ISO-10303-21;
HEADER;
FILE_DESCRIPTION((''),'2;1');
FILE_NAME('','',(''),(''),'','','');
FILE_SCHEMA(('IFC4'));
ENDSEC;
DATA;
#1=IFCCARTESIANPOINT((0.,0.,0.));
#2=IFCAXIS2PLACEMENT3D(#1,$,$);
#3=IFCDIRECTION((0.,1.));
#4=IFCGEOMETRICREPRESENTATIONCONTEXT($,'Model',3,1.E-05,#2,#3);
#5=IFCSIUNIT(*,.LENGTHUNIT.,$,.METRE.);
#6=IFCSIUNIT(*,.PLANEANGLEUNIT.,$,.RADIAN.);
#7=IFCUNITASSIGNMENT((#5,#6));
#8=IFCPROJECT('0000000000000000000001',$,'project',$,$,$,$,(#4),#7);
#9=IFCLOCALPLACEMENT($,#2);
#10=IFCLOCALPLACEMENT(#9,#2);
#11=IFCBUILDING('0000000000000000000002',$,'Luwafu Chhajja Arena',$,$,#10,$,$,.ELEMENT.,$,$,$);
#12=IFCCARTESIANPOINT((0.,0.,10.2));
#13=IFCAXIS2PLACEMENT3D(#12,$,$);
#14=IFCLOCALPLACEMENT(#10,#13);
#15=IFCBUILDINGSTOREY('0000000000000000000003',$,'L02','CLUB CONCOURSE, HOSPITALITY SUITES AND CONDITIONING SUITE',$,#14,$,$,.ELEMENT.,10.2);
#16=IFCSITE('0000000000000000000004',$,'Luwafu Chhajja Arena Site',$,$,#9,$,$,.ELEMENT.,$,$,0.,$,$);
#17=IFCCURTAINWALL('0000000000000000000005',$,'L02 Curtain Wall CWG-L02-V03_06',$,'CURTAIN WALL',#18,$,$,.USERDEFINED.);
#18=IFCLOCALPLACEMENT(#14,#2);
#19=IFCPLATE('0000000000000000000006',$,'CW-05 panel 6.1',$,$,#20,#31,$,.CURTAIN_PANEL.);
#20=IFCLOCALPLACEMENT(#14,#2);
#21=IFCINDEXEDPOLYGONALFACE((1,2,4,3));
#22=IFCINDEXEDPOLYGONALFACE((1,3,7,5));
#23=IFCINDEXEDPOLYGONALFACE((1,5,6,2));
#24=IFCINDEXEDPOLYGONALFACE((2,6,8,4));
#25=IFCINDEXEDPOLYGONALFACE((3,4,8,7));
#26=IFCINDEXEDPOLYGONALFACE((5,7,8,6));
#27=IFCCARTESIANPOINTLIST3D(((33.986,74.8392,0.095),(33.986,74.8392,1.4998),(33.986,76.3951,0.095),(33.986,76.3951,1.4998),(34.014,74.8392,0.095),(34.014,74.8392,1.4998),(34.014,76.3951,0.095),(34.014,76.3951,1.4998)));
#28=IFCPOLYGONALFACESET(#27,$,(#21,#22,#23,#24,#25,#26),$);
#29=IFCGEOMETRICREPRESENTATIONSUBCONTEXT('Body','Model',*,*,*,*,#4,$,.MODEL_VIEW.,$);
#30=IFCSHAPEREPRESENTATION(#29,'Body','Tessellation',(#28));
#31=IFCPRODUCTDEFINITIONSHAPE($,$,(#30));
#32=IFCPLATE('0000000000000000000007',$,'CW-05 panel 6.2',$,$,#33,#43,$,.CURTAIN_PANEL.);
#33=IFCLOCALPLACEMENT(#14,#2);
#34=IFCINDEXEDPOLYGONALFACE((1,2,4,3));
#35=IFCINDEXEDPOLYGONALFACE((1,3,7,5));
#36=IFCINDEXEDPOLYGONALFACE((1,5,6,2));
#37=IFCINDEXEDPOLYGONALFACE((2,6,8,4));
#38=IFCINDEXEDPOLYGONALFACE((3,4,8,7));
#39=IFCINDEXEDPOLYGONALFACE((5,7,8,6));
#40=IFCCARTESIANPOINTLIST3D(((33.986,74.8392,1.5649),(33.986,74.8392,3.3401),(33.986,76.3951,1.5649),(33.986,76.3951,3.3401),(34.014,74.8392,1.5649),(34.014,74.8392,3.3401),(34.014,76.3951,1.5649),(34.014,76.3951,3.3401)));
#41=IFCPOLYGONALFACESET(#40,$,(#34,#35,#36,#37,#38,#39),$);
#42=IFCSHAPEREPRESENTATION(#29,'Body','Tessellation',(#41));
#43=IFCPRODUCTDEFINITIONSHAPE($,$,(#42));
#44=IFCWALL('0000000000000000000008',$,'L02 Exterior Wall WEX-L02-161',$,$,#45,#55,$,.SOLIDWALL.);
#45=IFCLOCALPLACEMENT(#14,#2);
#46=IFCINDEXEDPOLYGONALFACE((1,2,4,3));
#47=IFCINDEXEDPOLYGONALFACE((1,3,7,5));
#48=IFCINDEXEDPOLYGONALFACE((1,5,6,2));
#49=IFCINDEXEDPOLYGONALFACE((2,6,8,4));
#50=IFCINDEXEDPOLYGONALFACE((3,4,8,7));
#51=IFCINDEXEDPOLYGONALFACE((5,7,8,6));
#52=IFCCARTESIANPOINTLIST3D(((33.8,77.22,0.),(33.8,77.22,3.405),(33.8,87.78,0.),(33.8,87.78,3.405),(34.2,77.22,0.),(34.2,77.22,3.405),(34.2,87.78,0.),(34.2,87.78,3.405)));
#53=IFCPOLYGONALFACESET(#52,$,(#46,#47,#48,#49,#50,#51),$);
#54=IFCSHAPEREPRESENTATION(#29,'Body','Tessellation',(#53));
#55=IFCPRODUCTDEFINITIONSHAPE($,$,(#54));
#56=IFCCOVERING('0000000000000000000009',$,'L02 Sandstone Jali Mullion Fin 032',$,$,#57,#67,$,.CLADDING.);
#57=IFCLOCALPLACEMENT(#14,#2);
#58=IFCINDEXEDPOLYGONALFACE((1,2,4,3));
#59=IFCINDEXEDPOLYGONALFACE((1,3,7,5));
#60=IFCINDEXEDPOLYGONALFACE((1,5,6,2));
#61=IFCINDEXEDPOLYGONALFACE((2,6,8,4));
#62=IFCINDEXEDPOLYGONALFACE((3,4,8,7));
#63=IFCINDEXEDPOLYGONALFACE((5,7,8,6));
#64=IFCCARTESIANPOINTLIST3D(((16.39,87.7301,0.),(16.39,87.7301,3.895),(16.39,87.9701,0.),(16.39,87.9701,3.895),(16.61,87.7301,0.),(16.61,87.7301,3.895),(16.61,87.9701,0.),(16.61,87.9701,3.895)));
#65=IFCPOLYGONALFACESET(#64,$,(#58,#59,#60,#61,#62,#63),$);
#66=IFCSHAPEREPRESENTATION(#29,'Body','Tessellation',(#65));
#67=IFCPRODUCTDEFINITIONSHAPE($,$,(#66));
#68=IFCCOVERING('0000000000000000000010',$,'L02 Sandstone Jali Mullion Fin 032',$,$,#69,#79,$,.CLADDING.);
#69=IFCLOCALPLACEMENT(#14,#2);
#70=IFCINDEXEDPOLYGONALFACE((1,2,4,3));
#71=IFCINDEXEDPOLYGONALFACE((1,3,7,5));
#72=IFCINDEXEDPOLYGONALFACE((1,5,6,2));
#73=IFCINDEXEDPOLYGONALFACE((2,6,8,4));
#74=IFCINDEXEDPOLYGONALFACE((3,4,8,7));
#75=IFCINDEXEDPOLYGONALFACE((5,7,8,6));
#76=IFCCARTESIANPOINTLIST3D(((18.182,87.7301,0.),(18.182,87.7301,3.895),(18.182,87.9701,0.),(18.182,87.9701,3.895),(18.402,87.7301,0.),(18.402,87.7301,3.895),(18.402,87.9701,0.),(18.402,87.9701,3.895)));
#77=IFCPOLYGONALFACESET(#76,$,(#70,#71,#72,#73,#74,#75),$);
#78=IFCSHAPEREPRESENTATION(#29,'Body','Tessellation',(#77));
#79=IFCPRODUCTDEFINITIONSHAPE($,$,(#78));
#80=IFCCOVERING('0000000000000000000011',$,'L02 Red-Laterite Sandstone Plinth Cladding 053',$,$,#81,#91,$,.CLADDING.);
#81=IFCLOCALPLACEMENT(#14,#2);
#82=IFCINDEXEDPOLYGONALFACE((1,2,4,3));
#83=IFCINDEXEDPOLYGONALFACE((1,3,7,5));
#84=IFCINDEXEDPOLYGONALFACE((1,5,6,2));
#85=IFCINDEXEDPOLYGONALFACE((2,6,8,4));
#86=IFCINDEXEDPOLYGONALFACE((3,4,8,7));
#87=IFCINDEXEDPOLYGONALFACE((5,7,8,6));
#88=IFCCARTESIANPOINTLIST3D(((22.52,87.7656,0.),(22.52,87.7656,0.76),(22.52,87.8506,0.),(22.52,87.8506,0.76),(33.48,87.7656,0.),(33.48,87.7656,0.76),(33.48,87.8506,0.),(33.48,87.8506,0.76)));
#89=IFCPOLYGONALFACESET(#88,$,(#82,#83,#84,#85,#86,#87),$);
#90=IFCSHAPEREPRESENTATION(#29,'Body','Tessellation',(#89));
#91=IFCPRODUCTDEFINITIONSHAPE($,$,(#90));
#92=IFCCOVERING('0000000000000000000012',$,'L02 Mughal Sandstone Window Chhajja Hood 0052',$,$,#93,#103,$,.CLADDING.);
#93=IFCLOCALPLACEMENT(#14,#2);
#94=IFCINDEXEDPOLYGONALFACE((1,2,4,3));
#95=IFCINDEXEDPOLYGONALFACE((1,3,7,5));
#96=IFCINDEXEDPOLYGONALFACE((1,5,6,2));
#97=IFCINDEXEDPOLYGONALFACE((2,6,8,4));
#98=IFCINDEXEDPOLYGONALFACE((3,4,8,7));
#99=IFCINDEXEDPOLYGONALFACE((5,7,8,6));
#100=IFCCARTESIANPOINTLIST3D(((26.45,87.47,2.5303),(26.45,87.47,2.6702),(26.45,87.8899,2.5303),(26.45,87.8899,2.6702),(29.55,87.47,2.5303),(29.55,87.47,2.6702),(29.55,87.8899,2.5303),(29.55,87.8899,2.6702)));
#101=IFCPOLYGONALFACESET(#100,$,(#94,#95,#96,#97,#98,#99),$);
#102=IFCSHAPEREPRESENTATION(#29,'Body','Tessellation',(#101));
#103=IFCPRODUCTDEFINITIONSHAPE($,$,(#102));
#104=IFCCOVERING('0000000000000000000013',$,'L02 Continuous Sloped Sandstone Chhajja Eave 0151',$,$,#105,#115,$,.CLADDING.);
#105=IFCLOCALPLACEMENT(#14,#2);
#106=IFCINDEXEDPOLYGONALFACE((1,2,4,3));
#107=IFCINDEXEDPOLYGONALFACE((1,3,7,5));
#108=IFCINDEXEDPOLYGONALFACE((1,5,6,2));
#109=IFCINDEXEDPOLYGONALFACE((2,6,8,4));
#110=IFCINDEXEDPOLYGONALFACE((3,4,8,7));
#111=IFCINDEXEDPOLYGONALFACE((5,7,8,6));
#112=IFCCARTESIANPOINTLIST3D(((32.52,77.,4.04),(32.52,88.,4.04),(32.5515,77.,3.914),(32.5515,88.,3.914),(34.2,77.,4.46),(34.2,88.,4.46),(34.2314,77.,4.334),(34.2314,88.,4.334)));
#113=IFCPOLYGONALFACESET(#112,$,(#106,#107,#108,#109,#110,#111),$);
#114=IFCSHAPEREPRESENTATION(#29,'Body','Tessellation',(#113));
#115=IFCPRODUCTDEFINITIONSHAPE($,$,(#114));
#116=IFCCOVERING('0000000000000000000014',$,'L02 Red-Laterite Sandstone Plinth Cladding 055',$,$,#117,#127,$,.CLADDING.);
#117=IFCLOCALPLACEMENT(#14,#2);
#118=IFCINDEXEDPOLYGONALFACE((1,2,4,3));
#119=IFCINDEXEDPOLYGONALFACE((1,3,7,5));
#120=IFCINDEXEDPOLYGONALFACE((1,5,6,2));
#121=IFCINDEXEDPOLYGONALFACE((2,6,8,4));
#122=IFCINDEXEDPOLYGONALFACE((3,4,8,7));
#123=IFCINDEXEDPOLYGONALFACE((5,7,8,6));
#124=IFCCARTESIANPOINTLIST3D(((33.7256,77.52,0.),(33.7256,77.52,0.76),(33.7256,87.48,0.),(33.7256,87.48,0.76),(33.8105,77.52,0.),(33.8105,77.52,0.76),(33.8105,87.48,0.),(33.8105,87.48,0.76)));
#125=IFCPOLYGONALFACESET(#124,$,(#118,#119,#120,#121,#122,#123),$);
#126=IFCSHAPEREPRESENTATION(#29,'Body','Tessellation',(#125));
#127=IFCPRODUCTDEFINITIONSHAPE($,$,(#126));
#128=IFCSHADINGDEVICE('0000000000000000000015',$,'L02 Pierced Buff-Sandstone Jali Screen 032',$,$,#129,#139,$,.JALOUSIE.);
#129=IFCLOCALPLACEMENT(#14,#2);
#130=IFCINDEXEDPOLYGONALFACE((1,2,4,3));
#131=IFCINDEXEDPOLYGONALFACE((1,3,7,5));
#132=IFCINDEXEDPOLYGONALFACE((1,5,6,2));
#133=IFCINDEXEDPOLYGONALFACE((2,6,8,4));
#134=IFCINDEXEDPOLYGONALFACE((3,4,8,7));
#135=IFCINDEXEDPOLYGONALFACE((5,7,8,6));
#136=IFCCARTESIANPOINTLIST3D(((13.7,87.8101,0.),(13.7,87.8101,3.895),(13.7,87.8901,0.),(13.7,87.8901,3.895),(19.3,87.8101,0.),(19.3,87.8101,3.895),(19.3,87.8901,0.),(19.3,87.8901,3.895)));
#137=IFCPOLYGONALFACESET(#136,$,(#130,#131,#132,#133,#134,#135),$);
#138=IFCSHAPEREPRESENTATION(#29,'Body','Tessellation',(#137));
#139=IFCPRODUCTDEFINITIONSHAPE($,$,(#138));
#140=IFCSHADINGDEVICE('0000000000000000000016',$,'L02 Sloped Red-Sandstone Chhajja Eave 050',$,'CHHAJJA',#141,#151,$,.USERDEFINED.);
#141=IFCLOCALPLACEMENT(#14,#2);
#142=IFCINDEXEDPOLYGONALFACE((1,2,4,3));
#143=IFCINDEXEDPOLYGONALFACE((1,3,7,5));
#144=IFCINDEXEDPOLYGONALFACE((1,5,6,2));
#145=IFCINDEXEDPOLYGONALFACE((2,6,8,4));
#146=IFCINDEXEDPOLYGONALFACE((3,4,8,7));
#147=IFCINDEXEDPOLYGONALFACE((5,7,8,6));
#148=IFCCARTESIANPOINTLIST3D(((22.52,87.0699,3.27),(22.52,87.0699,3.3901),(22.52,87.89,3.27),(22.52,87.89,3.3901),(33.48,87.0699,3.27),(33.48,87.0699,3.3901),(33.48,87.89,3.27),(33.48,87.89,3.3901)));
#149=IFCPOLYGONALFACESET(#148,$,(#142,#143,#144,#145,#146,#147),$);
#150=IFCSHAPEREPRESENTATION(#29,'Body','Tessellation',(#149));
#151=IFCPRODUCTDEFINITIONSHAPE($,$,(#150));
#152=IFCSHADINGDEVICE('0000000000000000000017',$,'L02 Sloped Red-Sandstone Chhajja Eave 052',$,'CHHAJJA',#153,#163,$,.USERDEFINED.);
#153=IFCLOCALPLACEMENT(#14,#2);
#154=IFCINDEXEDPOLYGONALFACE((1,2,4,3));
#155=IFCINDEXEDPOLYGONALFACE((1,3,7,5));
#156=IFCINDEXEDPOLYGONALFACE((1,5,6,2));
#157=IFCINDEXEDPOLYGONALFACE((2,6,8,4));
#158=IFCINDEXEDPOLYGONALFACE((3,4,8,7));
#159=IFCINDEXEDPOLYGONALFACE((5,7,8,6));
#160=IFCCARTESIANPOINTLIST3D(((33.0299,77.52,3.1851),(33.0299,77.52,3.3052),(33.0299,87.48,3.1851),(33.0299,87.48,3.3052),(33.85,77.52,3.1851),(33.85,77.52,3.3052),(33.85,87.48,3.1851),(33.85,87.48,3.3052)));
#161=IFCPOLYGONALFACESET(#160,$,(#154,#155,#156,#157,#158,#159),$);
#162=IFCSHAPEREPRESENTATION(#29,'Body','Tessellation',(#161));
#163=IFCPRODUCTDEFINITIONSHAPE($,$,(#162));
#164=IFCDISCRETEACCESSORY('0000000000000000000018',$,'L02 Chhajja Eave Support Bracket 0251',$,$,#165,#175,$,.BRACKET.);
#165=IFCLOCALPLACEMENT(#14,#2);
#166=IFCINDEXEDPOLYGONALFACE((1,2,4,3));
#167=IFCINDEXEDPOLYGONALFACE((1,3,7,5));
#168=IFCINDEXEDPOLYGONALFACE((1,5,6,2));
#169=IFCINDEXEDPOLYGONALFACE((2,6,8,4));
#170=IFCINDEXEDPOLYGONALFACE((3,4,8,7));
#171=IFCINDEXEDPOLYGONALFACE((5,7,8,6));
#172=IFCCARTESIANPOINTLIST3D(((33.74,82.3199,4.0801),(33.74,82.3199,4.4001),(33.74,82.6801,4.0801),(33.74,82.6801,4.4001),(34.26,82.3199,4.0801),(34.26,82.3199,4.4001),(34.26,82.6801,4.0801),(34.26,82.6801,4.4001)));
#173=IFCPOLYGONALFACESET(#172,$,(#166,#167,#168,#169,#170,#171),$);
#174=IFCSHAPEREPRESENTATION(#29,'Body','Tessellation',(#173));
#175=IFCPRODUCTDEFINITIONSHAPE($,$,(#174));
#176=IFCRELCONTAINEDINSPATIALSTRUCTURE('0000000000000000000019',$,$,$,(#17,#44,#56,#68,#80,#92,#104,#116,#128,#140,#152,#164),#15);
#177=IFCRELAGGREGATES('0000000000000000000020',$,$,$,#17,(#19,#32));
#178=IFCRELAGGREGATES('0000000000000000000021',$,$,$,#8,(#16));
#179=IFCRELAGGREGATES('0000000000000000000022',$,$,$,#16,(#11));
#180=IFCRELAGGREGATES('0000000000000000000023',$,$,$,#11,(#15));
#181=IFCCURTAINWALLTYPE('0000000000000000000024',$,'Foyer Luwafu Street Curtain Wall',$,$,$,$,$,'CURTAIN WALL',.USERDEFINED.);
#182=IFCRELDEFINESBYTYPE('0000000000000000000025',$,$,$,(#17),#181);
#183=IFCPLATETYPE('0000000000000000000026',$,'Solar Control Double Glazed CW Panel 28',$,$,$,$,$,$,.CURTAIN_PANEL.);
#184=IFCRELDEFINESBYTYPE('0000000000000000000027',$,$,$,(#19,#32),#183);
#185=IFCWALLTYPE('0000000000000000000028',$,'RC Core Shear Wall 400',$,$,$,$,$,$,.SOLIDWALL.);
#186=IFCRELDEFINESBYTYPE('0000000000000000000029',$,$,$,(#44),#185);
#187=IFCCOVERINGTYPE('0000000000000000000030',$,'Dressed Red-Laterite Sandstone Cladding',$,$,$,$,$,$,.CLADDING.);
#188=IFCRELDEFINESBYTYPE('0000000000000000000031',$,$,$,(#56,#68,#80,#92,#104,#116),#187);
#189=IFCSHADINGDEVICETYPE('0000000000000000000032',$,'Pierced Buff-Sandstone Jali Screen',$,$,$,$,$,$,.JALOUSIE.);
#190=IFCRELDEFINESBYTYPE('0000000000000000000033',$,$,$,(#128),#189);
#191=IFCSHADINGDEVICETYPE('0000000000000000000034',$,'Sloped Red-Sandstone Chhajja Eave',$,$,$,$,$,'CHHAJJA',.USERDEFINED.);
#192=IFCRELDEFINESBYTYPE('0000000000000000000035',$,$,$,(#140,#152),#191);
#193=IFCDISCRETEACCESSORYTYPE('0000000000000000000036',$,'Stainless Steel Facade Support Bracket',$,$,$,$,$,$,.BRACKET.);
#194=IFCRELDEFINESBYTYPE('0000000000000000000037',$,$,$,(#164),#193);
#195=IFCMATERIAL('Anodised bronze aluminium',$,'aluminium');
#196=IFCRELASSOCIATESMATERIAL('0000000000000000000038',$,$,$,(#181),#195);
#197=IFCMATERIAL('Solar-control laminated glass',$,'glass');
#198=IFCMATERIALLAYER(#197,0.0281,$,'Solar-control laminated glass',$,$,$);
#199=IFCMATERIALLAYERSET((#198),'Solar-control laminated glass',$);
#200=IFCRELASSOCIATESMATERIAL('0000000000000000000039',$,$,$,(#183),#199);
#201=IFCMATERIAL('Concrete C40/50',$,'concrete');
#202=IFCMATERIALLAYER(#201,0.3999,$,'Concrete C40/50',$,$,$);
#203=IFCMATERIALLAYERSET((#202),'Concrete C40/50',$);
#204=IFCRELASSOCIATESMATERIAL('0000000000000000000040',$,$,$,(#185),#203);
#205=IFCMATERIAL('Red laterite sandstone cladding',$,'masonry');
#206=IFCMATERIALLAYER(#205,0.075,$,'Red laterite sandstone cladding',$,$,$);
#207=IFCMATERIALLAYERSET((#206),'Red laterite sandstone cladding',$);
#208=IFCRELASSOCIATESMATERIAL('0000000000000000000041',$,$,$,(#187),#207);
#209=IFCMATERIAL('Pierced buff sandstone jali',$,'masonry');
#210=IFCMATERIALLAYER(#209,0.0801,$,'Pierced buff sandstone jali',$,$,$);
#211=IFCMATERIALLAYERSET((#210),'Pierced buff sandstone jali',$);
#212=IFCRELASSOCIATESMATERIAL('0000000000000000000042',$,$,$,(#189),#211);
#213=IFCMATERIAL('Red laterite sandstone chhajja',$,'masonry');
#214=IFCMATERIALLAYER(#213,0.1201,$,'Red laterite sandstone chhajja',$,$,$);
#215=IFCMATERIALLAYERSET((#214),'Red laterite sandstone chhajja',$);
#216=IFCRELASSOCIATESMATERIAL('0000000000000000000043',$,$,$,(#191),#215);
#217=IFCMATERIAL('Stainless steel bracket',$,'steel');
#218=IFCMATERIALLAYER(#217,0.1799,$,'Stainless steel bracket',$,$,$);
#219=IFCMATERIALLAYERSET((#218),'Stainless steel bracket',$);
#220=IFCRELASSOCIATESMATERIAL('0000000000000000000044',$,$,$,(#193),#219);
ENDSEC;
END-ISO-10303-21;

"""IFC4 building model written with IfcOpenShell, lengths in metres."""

from ifc_helpers import new_model, si_unit, direction, frame, frame_2d, origin, origin_2d, place, context, subcontext, project, spatial, polyline, rectangle, outline, extrude, material, layer, layer_set, type_object, element, aggregate, save


model = new_model("IFC4")

# Units and contexts
model_context = context("Model", 3, precision=1e-05, world=origin(), true_north=direction((0.0, 1.0)))
body_context = subcontext(model_context, "Body", "Model", "MODEL_VIEW")
ifc_project = project(units=[si_unit("LENGTHUNIT", "METRE"), si_unit("PLANEANGLEUNIT", "RADIAN")], contexts=[model_context])

# Site, building, storey
site_placement = place(None, origin())
site = spatial("IfcSite", under=ifc_project, at=site_placement, Name="Luwafu Chhajja Arena Site", CompositionType="ELEMENT", RefElevation=0.0)
building_placement = place(site_placement, origin())
building = spatial("IfcBuilding", under=site, at=building_placement, Name="Luwafu Chhajja Arena", CompositionType="ELEMENT")
storey_placement = place(building_placement, frame((0.0, 0.0, 10.2)))
storey = spatial("IfcBuildingStorey", under=building, at=storey_placement, Name="L02", Description="CLUB CONCOURSE, HOSPITALITY SUITES AND CONDITIONING SUITE", CompositionType="ELEMENT", Elevation=10.2)

# Curtain wall
ifc_material_1 = material(Name="Anodised bronze aluminium", Category="aluminium")
curtain_wall_type_1 = type_object("IfcCurtainWallType", Name="Foyer Luwafu Street Curtain Wall", ElementType="CURTAIN WALL", PredefinedType="USERDEFINED", material=ifc_material_1)
curtain_wall_1_placement = place(storey_placement, origin())
curtain_wall_1 = element("IfcCurtainWall", 1, at=curtain_wall_1_placement, inside=storey, type_object=curtain_wall_type_1, Name="L02 Curtain Wall CWG-L02-V03_06", ObjectType="CURTAIN WALL", PredefinedType="USERDEFINED")

# Plates
ifc_material_2 = material(Name="Solar-control laminated glass", Category="glass")
ifc_layer_1 = layer(ifc_material_2, 0.0281, Name="Solar-control laminated glass")
ifc_layer_set_1 = layer_set([ifc_layer_1], Name="Solar-control laminated glass")
plate_type_1 = type_object("IfcPlateType", Name="Solar Control Double Glazed CW Panel 28", PredefinedType="CURTAIN_PANEL", material=ifc_layer_set_1)
plate_1_placement = place(storey_placement, frame((34.0, 75.6172, 0.095), z_axis=(0.0, 0.0, 1.0), x_axis=(0.0, 1.0, 0.0)))
plate_1 = element("IfcPlate", 2, at=plate_1_placement, type_object=plate_type_1, Name="CW-05 panel 6.1", PredefinedType="CURTAIN_PANEL", context=body_context, shape_type="SweptSolid", body=[
    extrude(rectangle(XDim=1.5559, YDim=0.0281, at=origin_2d()), origin(), (0.0, 0.0, 1.0), 1.4048),
])
plate_2_placement = place(storey_placement, frame((34.0, 75.6172, 1.5649), z_axis=(0.0, 0.0, 1.0), x_axis=(0.0, 1.0, 0.0)))
plate_2 = element("IfcPlate", 3, at=plate_2_placement, type_object=plate_type_1, Name="CW-05 panel 6.2", PredefinedType="CURTAIN_PANEL", context=body_context, shape_type="SweptSolid", body=[
    extrude(rectangle(XDim=1.5559, YDim=0.0281, at=origin_2d()), origin(), (0.0, 0.0, 1.0), 1.7751),
])
aggregate(curtain_wall_1, [plate_1, plate_2])

# Wall
ifc_material_3 = material(Name="Concrete C40/50", Category="concrete")
ifc_layer_2 = layer(ifc_material_3, 0.3999, Name="Concrete C40/50")
ifc_layer_set_2 = layer_set([ifc_layer_2], Name="Concrete C40/50")
wall_type = type_object("IfcWallType", Name="RC Core Shear Wall 400", PredefinedType="SOLIDWALL", material=ifc_layer_set_2)
wall_placement = place(storey_placement, frame((34.0, 77.22, 0.0), z_axis=(0.0, 0.0, 1.0), x_axis=(0.0, 1.0, 0.0)))
element("IfcWall", 4, at=wall_placement, inside=storey, type_object=wall_type, Name="L02 Exterior Wall WEX-L02-161", PredefinedType="SOLIDWALL", context=body_context, shape_type="SweptSolid", body=[
    extrude(rectangle(XDim=10.5601, YDim=0.3999, at=frame_2d((5.28, 0.0))), origin(), (0.0, 0.0, 1.0), 3.405),
])

# Coverings
ifc_material_4 = material(Name="Red laterite sandstone cladding", Category="masonry")
ifc_layer_3 = layer(ifc_material_4, 0.075, Name="Red laterite sandstone cladding")
ifc_layer_set_3 = layer_set([ifc_layer_3], Name="Red laterite sandstone cladding")
covering_type = type_object("IfcCoveringType", Name="Dressed Red-Laterite Sandstone Cladding", PredefinedType="CLADDING", material=ifc_layer_set_3)
for number, where, z_axis, x_axis, name in (
    (5, (16.5, 87.8501, 0.0), (0.0, 0.0, 1.0), (1.0, 0.0, 0.0), "L02 Sandstone Jali Mullion Fin 032"),
    (6, (18.292, 87.8501, 0.0), (0.0, 0.0, 1.0), (1.0, 0.0, 0.0), "L02 Sandstone Jali Mullion Fin 032"),
):
    element("IfcCovering", number, at=place(storey_placement, frame(where, z_axis=z_axis, x_axis=x_axis)), inside=storey, type_object=covering_type, Name=name, PredefinedType="CLADDING", context=body_context, shape_type="SweptSolid", body=[
        extrude(rectangle(XDim=0.22, YDim=0.24, at=origin_2d()), origin(), (0.0, 0.0, 1.0), 3.895),
    ])
covering_1_placement = place(storey_placement, frame((28.0, 87.8081, 0.0), z_axis=(0.0, 0.0, 1.0), x_axis=(1.0, 0.0, 0.0)))
element("IfcCovering", 7, at=covering_1_placement, inside=storey, type_object=covering_type, Name="L02 Red-Laterite Sandstone Plinth Cladding 053", PredefinedType="CLADDING", context=body_context, shape_type="SweptSolid", body=[
    extrude(rectangle(XDim=10.96, YDim=0.085, at=origin_2d()), origin(), (0.0, 0.0, 1.0), 0.76),
])
covering_2_placement = place(storey_placement, frame((28.0, 87.6799, 2.5303), z_axis=(0.0, 0.0, 1.0), x_axis=(1.0, 0.0, 0.0)))
element("IfcCovering", 8, at=covering_2_placement, inside=storey, type_object=covering_type, Name="L02 Mughal Sandstone Window Chhajja Hood 0052", PredefinedType="CLADDING", context=body_context, shape_type="SweptSolid", body=[
    extrude(rectangle(XDim=3.1001, YDim=0.4199, at=origin_2d()), origin(), (0.0, 0.0, 1.0), 0.1399),
])
covering_3_placement = place(storey_placement, frame((34.2, 77.0, 4.46), z_axis=(-0.242502, 0.0, 0.970151), x_axis=(0.0, 1.0, 0.0)))
element("IfcCovering", 9, at=covering_3_placement, inside=storey, type_object=covering_type, Name="L02 Continuous Sloped Sandstone Chhajja Eave 0151", PredefinedType="CLADDING", context=body_context, shape_type="SweptSolid", body=[
    extrude(outline(polyline([(0.0, 0.0), (11.0, 0.0), (11.0, 1.7316), (0.0, 1.7316), (0.0, 0.0)])), origin(), (0.0, 0.0, -1.0), 0.1299),
])
covering_4_placement = place(storey_placement, frame((33.7681, 82.5, 0.0), z_axis=(0.0, 0.0, 1.0), x_axis=(0.0, 1.0, 0.0)))
element("IfcCovering", 10, at=covering_4_placement, inside=storey, type_object=covering_type, Name="L02 Red-Laterite Sandstone Plinth Cladding 055", PredefinedType="CLADDING", context=body_context, shape_type="SweptSolid", body=[
    extrude(rectangle(XDim=9.96, YDim=0.085, at=origin_2d()), origin(), (0.0, 0.0, 1.0), 0.76),
])

# Shading devices
ifc_material_5 = material(Name="Pierced buff sandstone jali", Category="masonry")
ifc_layer_4 = layer(ifc_material_5, 0.0801, Name="Pierced buff sandstone jali")
ifc_layer_set_4 = layer_set([ifc_layer_4], Name="Pierced buff sandstone jali")
shading_device_type_1 = type_object("IfcShadingDeviceType", Name="Pierced Buff-Sandstone Jali Screen", PredefinedType="JALOUSIE", material=ifc_layer_set_4)
shading_device_1_placement = place(storey_placement, frame((16.5, 87.8501, 0.0), z_axis=(0.0, 0.0, 1.0), x_axis=(1.0, 0.0, 0.0)))
element("IfcShadingDevice", 11, at=shading_device_1_placement, inside=storey, type_object=shading_device_type_1, Name="L02 Pierced Buff-Sandstone Jali Screen 032", PredefinedType="JALOUSIE", context=body_context, shape_type="SweptSolid", body=[
    extrude(rectangle(XDim=5.6001, YDim=0.0801, at=origin_2d()), origin(), (0.0, 0.0, 1.0), 3.895),
])
ifc_material_6 = material(Name="Red laterite sandstone chhajja", Category="masonry")
ifc_layer_5 = layer(ifc_material_6, 0.1201, Name="Red laterite sandstone chhajja")
ifc_layer_set_5 = layer_set([ifc_layer_5], Name="Red laterite sandstone chhajja")
shading_device_type_2 = type_object("IfcShadingDeviceType", Name="Sloped Red-Sandstone Chhajja Eave", ElementType="CHHAJJA", PredefinedType="USERDEFINED", material=ifc_layer_set_5)
shading_device_2_placement = place(storey_placement, frame((28.0, 87.48, 3.27), z_axis=(0.0, 0.0, 1.0), x_axis=(1.0, 0.0, 0.0)))
element("IfcShadingDevice", 12, at=shading_device_2_placement, inside=storey, type_object=shading_device_type_2, Name="L02 Sloped Red-Sandstone Chhajja Eave 050", ObjectType="CHHAJJA", PredefinedType="USERDEFINED", context=body_context, shape_type="SweptSolid", body=[
    extrude(rectangle(XDim=10.96, YDim=0.8201, at=origin_2d()), origin(), (0.0, 0.0, 1.0), 0.1201),
])
shading_device_3_placement = place(storey_placement, frame((33.4399, 82.5, 3.1851), z_axis=(0.0, 0.0, 1.0), x_axis=(0.0, 1.0, 0.0)))
element("IfcShadingDevice", 13, at=shading_device_3_placement, inside=storey, type_object=shading_device_type_2, Name="L02 Sloped Red-Sandstone Chhajja Eave 052", ObjectType="CHHAJJA", PredefinedType="USERDEFINED", context=body_context, shape_type="SweptSolid", body=[
    extrude(rectangle(XDim=9.96, YDim=0.8201, at=origin_2d()), origin(), (0.0, 0.0, 1.0), 0.1201),
])

# Discrete accessory
ifc_material_7 = material(Name="Stainless steel bracket", Category="steel")
ifc_layer_6 = layer(ifc_material_7, 0.1799, Name="Stainless steel bracket")
ifc_layer_set_6 = layer_set([ifc_layer_6], Name="Stainless steel bracket")
discrete_accessory_type = type_object("IfcDiscreteAccessoryType", Name="Stainless Steel Facade Support Bracket", PredefinedType="BRACKET", material=ifc_layer_set_6)
discrete_accessory_placement = place(storey_placement, frame((34.0, 82.5, 4.0801), z_axis=(0.0, 0.0, 1.0), x_axis=(0.0, 1.0, 0.0)))
element("IfcDiscreteAccessory", 14, at=discrete_accessory_placement, inside=storey, type_object=discrete_accessory_type, Name="L02 Chhajja Eave Support Bracket 0251", PredefinedType="BRACKET", context=body_context, shape_type="SweptSolid", body=[
    extrude(rectangle(XDim=0.3601, YDim=0.52, at=origin_2d()), origin(), (0.0, 0.0, 1.0), 0.3201),
])

save(model, "model.ifc")
